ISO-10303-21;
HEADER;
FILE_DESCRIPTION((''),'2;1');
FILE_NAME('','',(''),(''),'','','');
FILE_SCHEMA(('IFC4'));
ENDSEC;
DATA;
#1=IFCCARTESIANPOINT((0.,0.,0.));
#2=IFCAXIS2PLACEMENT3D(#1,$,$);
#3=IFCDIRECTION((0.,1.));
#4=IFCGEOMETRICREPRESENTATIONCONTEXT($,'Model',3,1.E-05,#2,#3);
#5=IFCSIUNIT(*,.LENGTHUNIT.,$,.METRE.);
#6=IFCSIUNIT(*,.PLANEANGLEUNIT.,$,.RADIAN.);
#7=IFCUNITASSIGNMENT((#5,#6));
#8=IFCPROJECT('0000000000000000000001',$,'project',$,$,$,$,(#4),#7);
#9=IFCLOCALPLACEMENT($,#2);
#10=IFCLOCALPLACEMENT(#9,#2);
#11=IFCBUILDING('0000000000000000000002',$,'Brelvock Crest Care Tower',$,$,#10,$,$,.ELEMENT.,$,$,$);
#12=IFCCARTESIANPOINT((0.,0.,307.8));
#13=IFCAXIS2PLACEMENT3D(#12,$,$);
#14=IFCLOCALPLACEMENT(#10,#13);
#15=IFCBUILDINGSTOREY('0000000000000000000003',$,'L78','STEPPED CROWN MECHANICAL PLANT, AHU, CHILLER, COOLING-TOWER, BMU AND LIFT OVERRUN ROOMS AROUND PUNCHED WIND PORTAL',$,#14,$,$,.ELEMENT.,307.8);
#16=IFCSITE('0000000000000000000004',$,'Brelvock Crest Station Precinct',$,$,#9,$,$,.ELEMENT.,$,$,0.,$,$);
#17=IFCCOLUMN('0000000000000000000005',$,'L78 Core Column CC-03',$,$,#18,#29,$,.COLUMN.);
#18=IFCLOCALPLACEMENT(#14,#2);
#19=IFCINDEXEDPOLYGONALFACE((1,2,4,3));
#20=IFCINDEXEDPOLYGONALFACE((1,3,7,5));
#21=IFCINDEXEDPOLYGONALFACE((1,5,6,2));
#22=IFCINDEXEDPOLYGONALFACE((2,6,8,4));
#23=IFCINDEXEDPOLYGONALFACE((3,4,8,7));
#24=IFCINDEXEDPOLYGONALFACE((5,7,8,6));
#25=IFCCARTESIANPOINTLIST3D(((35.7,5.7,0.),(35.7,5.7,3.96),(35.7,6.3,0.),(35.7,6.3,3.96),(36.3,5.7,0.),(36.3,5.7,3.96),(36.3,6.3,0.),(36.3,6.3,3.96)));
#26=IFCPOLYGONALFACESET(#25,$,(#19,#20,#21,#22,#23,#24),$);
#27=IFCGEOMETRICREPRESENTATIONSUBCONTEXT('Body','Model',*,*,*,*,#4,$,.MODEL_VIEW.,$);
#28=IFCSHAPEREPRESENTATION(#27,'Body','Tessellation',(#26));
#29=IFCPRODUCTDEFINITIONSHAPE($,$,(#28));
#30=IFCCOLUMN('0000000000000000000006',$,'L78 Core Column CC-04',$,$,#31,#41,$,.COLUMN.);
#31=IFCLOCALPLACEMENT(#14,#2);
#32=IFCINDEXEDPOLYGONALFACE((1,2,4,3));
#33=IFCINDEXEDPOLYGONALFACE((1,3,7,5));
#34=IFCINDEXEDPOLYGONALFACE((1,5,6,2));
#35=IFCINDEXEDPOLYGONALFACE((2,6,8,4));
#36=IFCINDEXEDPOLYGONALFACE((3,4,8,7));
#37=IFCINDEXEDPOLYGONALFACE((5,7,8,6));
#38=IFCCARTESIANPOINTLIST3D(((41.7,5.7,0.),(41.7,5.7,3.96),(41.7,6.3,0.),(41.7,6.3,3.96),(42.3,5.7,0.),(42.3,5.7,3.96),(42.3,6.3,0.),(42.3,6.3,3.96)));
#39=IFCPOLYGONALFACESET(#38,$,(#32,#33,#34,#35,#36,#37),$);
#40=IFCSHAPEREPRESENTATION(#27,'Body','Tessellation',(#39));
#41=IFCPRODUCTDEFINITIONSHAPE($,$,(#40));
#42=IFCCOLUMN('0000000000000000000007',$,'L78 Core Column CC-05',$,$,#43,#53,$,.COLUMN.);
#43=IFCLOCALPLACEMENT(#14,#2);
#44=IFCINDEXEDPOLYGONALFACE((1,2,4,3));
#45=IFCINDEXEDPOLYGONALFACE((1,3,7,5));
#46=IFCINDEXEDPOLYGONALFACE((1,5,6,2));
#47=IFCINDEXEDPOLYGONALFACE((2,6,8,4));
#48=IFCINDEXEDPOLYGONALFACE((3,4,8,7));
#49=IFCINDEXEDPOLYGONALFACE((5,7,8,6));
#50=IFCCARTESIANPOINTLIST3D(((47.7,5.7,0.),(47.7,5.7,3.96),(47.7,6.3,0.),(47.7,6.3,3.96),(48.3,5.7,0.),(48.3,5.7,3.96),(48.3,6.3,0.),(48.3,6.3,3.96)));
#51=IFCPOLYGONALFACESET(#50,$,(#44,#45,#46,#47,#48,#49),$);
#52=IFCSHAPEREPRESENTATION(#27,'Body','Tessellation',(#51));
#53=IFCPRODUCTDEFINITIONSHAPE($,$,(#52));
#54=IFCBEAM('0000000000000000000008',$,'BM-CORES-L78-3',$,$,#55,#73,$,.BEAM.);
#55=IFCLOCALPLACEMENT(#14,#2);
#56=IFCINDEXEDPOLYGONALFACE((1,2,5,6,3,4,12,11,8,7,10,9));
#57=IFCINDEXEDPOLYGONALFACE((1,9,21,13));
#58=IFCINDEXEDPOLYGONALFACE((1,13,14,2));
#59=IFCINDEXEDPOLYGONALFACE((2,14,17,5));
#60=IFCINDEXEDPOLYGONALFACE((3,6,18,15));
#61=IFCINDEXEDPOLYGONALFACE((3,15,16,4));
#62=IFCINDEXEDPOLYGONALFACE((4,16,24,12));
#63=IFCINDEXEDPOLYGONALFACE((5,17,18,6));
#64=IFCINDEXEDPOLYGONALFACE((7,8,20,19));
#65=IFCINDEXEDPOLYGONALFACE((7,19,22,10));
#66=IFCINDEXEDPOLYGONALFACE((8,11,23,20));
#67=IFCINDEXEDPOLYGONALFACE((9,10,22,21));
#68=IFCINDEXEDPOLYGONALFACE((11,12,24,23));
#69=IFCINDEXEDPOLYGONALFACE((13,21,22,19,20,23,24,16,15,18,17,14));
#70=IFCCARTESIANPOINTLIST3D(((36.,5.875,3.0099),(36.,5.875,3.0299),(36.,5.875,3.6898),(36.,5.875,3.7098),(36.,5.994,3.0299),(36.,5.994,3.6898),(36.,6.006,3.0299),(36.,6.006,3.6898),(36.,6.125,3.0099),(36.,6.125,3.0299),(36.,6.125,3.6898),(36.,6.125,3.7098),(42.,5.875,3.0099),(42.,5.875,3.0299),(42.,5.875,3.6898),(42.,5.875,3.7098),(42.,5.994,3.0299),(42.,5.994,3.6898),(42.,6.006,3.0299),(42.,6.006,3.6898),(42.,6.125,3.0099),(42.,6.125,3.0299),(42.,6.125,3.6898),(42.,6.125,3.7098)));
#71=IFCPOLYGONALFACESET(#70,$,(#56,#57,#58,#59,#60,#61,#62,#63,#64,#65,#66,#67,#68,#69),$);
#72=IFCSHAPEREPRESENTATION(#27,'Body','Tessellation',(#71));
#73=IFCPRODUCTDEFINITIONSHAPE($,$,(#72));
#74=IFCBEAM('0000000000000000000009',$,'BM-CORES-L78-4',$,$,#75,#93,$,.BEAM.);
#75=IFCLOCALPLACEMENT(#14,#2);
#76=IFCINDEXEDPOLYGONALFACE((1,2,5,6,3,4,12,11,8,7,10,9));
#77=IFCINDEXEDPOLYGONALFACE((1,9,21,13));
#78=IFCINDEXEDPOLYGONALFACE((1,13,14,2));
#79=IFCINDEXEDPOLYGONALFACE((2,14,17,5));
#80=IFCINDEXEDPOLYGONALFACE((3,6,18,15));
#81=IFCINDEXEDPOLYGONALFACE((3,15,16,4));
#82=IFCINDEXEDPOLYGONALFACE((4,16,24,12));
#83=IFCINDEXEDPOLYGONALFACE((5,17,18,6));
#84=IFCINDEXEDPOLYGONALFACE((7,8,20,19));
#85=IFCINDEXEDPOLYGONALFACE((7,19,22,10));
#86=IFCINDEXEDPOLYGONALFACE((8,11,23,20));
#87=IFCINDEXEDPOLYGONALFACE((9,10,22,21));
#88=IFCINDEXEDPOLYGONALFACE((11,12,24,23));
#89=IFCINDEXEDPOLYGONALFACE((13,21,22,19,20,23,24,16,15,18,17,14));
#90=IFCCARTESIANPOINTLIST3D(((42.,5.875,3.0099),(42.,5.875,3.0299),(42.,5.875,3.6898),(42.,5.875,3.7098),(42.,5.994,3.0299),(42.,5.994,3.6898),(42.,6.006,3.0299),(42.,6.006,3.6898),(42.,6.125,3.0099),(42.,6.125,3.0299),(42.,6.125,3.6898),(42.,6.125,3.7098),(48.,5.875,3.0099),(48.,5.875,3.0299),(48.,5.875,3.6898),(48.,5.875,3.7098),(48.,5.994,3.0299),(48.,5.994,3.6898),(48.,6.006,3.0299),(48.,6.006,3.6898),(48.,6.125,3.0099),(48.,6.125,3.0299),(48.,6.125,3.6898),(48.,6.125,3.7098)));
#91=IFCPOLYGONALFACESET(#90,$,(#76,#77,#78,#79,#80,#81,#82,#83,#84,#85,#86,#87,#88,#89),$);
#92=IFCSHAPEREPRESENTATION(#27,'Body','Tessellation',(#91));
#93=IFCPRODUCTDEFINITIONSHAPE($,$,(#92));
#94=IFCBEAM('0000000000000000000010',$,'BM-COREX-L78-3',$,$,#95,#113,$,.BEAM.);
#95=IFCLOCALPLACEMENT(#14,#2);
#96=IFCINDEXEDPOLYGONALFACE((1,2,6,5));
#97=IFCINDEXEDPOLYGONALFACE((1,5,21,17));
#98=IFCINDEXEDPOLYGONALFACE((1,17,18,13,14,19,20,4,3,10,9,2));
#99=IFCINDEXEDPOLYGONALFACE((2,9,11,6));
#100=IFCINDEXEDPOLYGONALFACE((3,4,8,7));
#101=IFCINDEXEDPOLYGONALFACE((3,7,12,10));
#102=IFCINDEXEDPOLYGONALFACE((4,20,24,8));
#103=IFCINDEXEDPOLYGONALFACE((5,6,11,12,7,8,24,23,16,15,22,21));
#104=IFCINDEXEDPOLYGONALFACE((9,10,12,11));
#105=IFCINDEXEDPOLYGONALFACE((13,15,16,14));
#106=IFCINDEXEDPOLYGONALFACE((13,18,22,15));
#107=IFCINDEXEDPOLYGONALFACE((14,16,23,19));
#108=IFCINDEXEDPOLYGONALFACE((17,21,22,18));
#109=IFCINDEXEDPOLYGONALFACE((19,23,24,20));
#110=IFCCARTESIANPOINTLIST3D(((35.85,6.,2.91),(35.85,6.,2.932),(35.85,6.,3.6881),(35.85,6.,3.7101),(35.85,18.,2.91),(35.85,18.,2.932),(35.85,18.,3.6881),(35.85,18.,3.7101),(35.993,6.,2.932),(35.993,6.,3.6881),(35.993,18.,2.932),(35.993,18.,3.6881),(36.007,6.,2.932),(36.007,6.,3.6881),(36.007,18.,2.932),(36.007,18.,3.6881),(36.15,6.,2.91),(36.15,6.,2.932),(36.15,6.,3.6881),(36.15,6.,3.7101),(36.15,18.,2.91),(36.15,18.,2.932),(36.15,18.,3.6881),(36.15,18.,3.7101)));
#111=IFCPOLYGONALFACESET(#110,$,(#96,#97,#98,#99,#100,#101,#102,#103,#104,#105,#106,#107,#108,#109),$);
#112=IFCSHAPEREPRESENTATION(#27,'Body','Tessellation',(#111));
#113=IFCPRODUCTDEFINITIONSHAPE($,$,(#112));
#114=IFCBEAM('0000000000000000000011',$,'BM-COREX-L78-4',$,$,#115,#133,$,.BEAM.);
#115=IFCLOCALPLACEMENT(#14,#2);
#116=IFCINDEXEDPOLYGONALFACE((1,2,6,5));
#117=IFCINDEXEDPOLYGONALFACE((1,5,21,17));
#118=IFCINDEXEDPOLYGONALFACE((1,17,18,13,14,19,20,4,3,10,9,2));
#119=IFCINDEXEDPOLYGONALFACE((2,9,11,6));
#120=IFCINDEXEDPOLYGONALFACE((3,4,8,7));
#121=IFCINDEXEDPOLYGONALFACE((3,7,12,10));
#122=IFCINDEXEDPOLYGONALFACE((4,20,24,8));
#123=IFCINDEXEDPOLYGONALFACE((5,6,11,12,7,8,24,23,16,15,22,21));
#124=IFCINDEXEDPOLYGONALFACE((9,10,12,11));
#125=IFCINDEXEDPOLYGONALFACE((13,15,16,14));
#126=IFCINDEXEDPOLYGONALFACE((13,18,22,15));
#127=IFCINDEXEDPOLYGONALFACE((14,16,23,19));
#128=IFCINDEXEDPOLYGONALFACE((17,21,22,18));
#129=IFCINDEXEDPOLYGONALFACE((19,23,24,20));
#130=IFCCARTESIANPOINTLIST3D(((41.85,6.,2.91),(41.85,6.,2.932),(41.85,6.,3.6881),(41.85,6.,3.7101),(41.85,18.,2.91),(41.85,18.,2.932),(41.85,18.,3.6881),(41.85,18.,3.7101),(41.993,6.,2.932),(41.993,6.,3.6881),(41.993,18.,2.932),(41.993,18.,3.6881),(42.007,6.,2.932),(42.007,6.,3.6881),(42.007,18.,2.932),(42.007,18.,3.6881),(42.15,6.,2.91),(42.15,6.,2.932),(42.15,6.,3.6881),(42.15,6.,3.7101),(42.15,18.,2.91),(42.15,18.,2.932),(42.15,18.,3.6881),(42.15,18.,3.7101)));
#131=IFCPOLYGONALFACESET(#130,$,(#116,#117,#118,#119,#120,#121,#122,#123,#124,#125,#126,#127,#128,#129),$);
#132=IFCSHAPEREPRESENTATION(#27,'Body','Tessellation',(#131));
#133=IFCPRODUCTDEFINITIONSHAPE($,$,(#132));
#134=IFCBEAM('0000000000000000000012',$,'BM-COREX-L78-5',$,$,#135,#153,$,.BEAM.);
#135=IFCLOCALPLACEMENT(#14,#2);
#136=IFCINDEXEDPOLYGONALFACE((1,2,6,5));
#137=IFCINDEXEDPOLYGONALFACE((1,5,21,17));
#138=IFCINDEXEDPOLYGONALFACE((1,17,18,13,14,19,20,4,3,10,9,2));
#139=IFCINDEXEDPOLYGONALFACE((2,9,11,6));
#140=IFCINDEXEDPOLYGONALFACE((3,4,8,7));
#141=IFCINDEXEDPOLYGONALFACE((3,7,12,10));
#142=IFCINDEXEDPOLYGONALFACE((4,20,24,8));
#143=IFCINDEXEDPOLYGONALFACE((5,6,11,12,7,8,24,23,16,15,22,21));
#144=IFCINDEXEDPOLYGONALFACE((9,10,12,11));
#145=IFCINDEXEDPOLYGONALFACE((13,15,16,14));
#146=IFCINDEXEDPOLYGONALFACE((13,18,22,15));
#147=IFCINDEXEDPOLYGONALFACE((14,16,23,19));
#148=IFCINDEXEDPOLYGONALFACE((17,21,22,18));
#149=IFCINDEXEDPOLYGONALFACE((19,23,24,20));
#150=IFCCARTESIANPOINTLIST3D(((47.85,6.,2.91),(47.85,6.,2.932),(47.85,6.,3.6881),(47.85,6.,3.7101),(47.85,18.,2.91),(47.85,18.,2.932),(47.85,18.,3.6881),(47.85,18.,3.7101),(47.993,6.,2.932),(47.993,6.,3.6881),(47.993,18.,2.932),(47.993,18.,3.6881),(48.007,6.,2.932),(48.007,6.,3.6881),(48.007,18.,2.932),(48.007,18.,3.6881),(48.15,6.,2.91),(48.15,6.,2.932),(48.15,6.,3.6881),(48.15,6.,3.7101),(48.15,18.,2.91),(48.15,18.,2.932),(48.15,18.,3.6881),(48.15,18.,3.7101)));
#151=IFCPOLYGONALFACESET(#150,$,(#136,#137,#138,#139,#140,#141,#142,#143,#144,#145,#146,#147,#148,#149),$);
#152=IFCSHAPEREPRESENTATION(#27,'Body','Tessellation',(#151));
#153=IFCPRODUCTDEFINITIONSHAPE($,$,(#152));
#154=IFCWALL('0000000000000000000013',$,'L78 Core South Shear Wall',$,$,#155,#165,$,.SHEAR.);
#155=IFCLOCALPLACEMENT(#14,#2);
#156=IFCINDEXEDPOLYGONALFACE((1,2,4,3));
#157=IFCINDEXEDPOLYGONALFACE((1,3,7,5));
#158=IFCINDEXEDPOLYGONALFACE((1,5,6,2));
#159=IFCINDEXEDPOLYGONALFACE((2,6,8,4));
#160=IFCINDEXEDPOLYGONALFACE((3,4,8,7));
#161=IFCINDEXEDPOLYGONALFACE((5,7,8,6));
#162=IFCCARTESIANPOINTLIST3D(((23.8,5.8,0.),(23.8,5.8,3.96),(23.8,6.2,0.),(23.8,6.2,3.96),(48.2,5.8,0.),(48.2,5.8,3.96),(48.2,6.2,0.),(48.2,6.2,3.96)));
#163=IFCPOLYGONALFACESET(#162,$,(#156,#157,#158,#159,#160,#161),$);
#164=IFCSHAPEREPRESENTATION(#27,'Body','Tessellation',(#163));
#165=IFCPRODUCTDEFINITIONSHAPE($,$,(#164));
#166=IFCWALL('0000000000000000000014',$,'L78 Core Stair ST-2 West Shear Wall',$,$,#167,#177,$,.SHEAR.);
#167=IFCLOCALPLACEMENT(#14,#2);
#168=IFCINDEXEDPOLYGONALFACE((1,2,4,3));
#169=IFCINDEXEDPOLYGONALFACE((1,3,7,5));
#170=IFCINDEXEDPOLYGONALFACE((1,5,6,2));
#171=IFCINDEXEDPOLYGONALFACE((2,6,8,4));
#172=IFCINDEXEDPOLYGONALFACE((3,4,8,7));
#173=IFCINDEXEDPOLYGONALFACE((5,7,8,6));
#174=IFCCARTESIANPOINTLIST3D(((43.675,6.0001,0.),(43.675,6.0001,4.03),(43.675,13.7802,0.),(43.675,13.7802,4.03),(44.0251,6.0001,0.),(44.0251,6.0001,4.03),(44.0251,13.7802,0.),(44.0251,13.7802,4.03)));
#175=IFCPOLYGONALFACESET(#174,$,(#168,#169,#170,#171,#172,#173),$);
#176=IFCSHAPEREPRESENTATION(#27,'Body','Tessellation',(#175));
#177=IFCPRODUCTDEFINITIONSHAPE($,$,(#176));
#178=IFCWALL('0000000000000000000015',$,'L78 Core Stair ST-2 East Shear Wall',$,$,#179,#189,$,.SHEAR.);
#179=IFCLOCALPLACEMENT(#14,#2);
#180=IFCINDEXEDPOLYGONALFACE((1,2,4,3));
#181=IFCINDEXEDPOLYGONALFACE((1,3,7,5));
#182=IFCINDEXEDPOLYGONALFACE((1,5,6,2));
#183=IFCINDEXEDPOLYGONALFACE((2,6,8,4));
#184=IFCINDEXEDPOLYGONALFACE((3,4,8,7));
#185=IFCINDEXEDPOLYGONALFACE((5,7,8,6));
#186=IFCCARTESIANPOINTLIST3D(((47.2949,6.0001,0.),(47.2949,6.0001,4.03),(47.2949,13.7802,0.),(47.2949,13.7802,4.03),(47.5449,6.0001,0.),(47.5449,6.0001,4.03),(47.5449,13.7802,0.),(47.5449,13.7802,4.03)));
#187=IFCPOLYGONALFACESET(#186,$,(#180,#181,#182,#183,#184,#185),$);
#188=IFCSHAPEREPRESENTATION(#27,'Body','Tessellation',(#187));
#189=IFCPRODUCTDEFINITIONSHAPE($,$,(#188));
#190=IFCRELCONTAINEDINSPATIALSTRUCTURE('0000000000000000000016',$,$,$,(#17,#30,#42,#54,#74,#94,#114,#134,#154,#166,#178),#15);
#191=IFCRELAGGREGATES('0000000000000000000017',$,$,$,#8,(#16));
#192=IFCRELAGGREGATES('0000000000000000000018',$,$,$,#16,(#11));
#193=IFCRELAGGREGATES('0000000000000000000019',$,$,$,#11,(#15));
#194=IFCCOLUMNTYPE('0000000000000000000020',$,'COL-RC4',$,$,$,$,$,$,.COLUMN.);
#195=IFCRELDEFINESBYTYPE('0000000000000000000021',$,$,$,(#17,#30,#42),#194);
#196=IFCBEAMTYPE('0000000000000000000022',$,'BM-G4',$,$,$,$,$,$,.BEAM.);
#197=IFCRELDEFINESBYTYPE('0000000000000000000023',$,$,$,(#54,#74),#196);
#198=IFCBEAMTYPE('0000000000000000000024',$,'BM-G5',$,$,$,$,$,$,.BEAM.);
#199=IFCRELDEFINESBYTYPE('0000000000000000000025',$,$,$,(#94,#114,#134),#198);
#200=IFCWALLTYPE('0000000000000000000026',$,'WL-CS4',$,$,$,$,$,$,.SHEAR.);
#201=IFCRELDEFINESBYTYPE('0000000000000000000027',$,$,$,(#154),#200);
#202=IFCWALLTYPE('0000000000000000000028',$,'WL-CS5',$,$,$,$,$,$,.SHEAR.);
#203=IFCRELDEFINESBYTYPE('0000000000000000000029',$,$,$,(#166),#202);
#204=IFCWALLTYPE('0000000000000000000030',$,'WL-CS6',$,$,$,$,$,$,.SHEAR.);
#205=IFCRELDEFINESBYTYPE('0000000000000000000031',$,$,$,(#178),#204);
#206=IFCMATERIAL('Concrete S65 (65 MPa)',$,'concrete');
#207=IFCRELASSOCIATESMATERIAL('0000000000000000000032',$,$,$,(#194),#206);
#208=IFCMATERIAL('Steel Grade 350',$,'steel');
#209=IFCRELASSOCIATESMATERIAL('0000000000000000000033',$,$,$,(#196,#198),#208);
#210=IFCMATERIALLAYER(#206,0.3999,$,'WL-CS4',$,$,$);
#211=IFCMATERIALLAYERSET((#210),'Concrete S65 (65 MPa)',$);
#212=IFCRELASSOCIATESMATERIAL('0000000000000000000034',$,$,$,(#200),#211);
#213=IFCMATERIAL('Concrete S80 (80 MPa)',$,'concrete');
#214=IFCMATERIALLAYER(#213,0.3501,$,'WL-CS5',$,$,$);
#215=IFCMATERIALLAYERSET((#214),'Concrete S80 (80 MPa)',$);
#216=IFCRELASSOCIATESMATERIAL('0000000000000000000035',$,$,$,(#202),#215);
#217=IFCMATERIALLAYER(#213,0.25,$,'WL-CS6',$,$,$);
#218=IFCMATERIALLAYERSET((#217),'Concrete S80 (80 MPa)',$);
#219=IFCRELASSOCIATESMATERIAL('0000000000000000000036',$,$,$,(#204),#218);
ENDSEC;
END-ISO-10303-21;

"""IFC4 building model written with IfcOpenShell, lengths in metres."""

from ifc_helpers import new_model, si_unit, direction, frame, frame_2d, origin, origin_2d, place, context, subcontext, project, spatial, rectangle, i_section, extrude, source, transform, mapped, material, layer, layer_set, material_profile, profile_set, type_object, element, save


model = new_model("IFC4")

# Units and contexts
model_context = context("Model", 3, precision=1e-05, world=origin(), true_north=direction((0.0, 1.0)))
body_context = subcontext(model_context, "Body", "Model", "MODEL_VIEW")
ifc_project = project(units=[si_unit("LENGTHUNIT", "METRE"), si_unit("PLANEANGLEUNIT", "RADIAN")], contexts=[model_context])

# Site, building, storey
site_placement = place(None, origin())
site = spatial("IfcSite", under=ifc_project, at=site_placement, Name="Brelvock Crest Station Precinct", CompositionType="ELEMENT", RefElevation=0.0)
building_placement = place(site_placement, origin())
building = spatial("IfcBuilding", under=site, at=building_placement, Name="Brelvock Crest Care Tower", CompositionType="ELEMENT")
storey_placement = place(building_placement, frame((0.0, 0.0, 307.8)))
storey = spatial("IfcBuildingStorey", under=building, at=storey_placement, Name="L78", Description="STEPPED CROWN MECHANICAL PLANT, AHU, CHILLER, COOLING-TOWER, BMU AND LIFT OVERRUN ROOMS AROUND PUNCHED WIND PORTAL", CompositionType="ELEMENT", Elevation=307.8)

# Columns
ifc_material_1 = material(Name="Concrete S65 (65 MPa)", Category="concrete")
ifc_material_profile_1 = material_profile(ifc_material_1, rectangle(XDim=0.6001, YDim=0.6001, at=origin_2d()), Name="RC600x600")
ifc_profile_set_1 = profile_set([ifc_material_profile_1], Name="Concrete S65 (65 MPa)")
column_type = type_object("IfcColumnType", Name="COL-RC4", PredefinedType="COLUMN", material=ifc_profile_set_1)
shared_shape_1 = source(origin(), body_context, "Body", "SweptSolid", [
    extrude(rectangle(XDim=0.6001, YDim=0.6001, at=origin_2d()), origin(), (0.0, 0.0, 1.0), 3.96),
])
for number, where, z_axis, x_axis, name in (
    (1, (36.0, 6.0, 0.0), (0.0, 0.0, 1.0), (1.0, 0.0, 0.0), "L78 Core Column CC-03"),
    (2, (42.0, 6.0, 0.0), (0.0, 0.0, 1.0), (1.0, 0.0, 0.0), "L78 Core Column CC-04"),
    (3, (48.0, 6.0, 0.0), (0.0, 0.0, 1.0), (1.0, 0.0, 0.0), "L78 Core Column CC-05"),
):
    element("IfcColumn", number, at=place(storey_placement, frame(where, z_axis=z_axis, x_axis=x_axis)), inside=storey, type_object=column_type, Name=name, PredefinedType="COLUMN", context=body_context, shape_type="MappedRepresentation", body=[
        mapped(shared_shape_1, transform((0.0, 0.0, 0.0), x_axis=(1.0, 0.0, 0.0), y_axis=(0.0, 1.0, 0.0), z_axis=(0.0, 0.0, 1.0), scale=1.0)),
    ])

# Beams
ifc_material_2 = material(Name="Steel Grade 350", Category="steel")
ifc_material_profile_2 = material_profile(ifc_material_2, i_section(OverallWidth=0.25, OverallDepth=0.7, WebThickness=0.012, FlangeThickness=0.02, at=origin_2d()), Name="700WB150")
ifc_profile_set_2 = profile_set([ifc_material_profile_2], Name="Steel Grade 350")
beam_type_1 = type_object("IfcBeamType", Name="BM-G4", PredefinedType="BEAM", material=ifc_profile_set_2)
shared_shape_2 = source(origin(), body_context, "Body", "SweptSolid", [
    extrude(i_section(OverallWidth=0.25, OverallDepth=0.7, WebThickness=0.012, FlangeThickness=0.02, at=origin_2d()), origin(), (0.0, 0.0, 1.0), 6.0),
])
for number, where, z_axis, x_axis, name in (
    (4, (36.0, 6.0, 3.3599), (1.0, 0.0, 0.0), (0.0, 1.0, 0.0), "BM-CORES-L78-3"),
    (5, (42.0, 6.0, 3.3599), (1.0, 0.0, 0.0), (0.0, 1.0, 0.0), "BM-CORES-L78-4"),
):
    element("IfcBeam", number, at=place(storey_placement, frame(where, z_axis=z_axis, x_axis=x_axis)), inside=storey, type_object=beam_type_1, Name=name, PredefinedType="BEAM", context=body_context, shape_type="MappedRepresentation", body=[
        mapped(shared_shape_2, transform((0.0, 0.0, 0.0), x_axis=(1.0, 0.0, 0.0), y_axis=(0.0, 1.0, 0.0), z_axis=(0.0, 0.0, 1.0), scale=1.0)),
    ])
ifc_material_profile_3 = material_profile(ifc_material_2, i_section(OverallWidth=0.3, OverallDepth=0.8, WebThickness=0.0139, FlangeThickness=0.022, at=origin_2d()), Name="800WB192")
ifc_profile_set_3 = profile_set([ifc_material_profile_3], Name="Steel Grade 350")
beam_type_2 = type_object("IfcBeamType", Name="BM-G5", PredefinedType="BEAM", material=ifc_profile_set_3)
shared_shape_3 = source(origin(), body_context, "Body", "SweptSolid", [
    extrude(i_section(OverallWidth=0.3, OverallDepth=0.8, WebThickness=0.0139, FlangeThickness=0.022, at=origin_2d()), origin(), (0.0, 0.0, 1.0), 12.0),
])
for number, where, z_axis, x_axis, name in (
    (6, (36.0, 6.0, 3.3101), (0.0, 1.0, 0.0), (-1.0, 0.0, 0.0), "BM-COREX-L78-3"),
    (7, (42.0, 6.0, 3.3101), (0.0, 1.0, 0.0), (-1.0, 0.0, 0.0), "BM-COREX-L78-4"),
    (8, (48.0, 6.0, 3.3101), (0.0, 1.0, 0.0), (-1.0, 0.0, 0.0), "BM-COREX-L78-5"),
):
    element("IfcBeam", number, at=place(storey_placement, frame(where, z_axis=z_axis, x_axis=x_axis)), inside=storey, type_object=beam_type_2, Name=name, PredefinedType="BEAM", context=body_context, shape_type="MappedRepresentation", body=[
        mapped(shared_shape_3, transform((0.0, 0.0, 0.0), x_axis=(1.0, 0.0, 0.0), y_axis=(0.0, 1.0, 0.0), z_axis=(0.0, 0.0, 1.0), scale=1.0)),
    ])

# Walls
ifc_layer_1 = layer(ifc_material_1, 0.3999, Name="WL-CS4")
ifc_layer_set_1 = layer_set([ifc_layer_1], Name="Concrete S65 (65 MPa)")
wall_type_1 = type_object("IfcWallType", Name="WL-CS4", PredefinedType="SHEAR", material=ifc_layer_set_1)
wall_1_placement = place(storey_placement, frame((48.2, 6.0, 0.0), z_axis=(0.0, 0.0, 1.0), x_axis=(-1.0, 0.0, 0.0)))
element("IfcWall", 9, at=wall_1_placement, inside=storey, type_object=wall_type_1, Name="L78 Core South Shear Wall", PredefinedType="SHEAR", context=body_context, shape_type="SweptSolid", body=[
    extrude(rectangle(XDim=24.3999, YDim=0.3999, at=frame_2d((12.2, 0.0))), origin(), (0.0, 0.0, 1.0), 3.96),
])
ifc_material_3 = material(Name="Concrete S80 (80 MPa)", Category="concrete")
ifc_layer_2 = layer(ifc_material_3, 0.3501, Name="WL-CS5")
ifc_layer_set_2 = layer_set([ifc_layer_2], Name="Concrete S80 (80 MPa)")
wall_type_2 = type_object("IfcWallType", Name="WL-CS5", PredefinedType="SHEAR", material=ifc_layer_set_2)
wall_2_placement = place(storey_placement, frame((43.8501, 6.0, 0.0), z_axis=(0.0, 0.0, 1.0), x_axis=(0.0, 1.0, 0.0)))
element("IfcWall", 10, at=wall_2_placement, inside=storey, type_object=wall_type_2, Name="L78 Core Stair ST-2 West Shear Wall", PredefinedType="SHEAR", context=body_context, shape_type="SweptSolid", body=[
    extrude(rectangle(XDim=7.78, YDim=0.3501, at=frame_2d((3.8901, 0.0))), origin(), (0.0, 0.0, 1.0), 4.03),
])
ifc_layer_3 = layer(ifc_material_3, 0.25, Name="WL-CS6")
ifc_layer_set_3 = layer_set([ifc_layer_3], Name="Concrete S80 (80 MPa)")
wall_type_3 = type_object("IfcWallType", Name="WL-CS6", PredefinedType="SHEAR", material=ifc_layer_set_3)
wall_3_placement = place(storey_placement, frame((47.4199, 6.0, 0.0), z_axis=(0.0, 0.0, 1.0), x_axis=(0.0, 1.0, 0.0)))
element("IfcWall", 11, at=wall_3_placement, inside=storey, type_object=wall_type_3, Name="L78 Core Stair ST-2 East Shear Wall", PredefinedType="SHEAR", context=body_context, shape_type="SweptSolid", body=[
    extrude(rectangle(XDim=7.78, YDim=0.25, at=frame_2d((3.8901, 0.0))), origin(), (0.0, 0.0, 1.0), 4.03),
])

save(model, "model.ifc")
